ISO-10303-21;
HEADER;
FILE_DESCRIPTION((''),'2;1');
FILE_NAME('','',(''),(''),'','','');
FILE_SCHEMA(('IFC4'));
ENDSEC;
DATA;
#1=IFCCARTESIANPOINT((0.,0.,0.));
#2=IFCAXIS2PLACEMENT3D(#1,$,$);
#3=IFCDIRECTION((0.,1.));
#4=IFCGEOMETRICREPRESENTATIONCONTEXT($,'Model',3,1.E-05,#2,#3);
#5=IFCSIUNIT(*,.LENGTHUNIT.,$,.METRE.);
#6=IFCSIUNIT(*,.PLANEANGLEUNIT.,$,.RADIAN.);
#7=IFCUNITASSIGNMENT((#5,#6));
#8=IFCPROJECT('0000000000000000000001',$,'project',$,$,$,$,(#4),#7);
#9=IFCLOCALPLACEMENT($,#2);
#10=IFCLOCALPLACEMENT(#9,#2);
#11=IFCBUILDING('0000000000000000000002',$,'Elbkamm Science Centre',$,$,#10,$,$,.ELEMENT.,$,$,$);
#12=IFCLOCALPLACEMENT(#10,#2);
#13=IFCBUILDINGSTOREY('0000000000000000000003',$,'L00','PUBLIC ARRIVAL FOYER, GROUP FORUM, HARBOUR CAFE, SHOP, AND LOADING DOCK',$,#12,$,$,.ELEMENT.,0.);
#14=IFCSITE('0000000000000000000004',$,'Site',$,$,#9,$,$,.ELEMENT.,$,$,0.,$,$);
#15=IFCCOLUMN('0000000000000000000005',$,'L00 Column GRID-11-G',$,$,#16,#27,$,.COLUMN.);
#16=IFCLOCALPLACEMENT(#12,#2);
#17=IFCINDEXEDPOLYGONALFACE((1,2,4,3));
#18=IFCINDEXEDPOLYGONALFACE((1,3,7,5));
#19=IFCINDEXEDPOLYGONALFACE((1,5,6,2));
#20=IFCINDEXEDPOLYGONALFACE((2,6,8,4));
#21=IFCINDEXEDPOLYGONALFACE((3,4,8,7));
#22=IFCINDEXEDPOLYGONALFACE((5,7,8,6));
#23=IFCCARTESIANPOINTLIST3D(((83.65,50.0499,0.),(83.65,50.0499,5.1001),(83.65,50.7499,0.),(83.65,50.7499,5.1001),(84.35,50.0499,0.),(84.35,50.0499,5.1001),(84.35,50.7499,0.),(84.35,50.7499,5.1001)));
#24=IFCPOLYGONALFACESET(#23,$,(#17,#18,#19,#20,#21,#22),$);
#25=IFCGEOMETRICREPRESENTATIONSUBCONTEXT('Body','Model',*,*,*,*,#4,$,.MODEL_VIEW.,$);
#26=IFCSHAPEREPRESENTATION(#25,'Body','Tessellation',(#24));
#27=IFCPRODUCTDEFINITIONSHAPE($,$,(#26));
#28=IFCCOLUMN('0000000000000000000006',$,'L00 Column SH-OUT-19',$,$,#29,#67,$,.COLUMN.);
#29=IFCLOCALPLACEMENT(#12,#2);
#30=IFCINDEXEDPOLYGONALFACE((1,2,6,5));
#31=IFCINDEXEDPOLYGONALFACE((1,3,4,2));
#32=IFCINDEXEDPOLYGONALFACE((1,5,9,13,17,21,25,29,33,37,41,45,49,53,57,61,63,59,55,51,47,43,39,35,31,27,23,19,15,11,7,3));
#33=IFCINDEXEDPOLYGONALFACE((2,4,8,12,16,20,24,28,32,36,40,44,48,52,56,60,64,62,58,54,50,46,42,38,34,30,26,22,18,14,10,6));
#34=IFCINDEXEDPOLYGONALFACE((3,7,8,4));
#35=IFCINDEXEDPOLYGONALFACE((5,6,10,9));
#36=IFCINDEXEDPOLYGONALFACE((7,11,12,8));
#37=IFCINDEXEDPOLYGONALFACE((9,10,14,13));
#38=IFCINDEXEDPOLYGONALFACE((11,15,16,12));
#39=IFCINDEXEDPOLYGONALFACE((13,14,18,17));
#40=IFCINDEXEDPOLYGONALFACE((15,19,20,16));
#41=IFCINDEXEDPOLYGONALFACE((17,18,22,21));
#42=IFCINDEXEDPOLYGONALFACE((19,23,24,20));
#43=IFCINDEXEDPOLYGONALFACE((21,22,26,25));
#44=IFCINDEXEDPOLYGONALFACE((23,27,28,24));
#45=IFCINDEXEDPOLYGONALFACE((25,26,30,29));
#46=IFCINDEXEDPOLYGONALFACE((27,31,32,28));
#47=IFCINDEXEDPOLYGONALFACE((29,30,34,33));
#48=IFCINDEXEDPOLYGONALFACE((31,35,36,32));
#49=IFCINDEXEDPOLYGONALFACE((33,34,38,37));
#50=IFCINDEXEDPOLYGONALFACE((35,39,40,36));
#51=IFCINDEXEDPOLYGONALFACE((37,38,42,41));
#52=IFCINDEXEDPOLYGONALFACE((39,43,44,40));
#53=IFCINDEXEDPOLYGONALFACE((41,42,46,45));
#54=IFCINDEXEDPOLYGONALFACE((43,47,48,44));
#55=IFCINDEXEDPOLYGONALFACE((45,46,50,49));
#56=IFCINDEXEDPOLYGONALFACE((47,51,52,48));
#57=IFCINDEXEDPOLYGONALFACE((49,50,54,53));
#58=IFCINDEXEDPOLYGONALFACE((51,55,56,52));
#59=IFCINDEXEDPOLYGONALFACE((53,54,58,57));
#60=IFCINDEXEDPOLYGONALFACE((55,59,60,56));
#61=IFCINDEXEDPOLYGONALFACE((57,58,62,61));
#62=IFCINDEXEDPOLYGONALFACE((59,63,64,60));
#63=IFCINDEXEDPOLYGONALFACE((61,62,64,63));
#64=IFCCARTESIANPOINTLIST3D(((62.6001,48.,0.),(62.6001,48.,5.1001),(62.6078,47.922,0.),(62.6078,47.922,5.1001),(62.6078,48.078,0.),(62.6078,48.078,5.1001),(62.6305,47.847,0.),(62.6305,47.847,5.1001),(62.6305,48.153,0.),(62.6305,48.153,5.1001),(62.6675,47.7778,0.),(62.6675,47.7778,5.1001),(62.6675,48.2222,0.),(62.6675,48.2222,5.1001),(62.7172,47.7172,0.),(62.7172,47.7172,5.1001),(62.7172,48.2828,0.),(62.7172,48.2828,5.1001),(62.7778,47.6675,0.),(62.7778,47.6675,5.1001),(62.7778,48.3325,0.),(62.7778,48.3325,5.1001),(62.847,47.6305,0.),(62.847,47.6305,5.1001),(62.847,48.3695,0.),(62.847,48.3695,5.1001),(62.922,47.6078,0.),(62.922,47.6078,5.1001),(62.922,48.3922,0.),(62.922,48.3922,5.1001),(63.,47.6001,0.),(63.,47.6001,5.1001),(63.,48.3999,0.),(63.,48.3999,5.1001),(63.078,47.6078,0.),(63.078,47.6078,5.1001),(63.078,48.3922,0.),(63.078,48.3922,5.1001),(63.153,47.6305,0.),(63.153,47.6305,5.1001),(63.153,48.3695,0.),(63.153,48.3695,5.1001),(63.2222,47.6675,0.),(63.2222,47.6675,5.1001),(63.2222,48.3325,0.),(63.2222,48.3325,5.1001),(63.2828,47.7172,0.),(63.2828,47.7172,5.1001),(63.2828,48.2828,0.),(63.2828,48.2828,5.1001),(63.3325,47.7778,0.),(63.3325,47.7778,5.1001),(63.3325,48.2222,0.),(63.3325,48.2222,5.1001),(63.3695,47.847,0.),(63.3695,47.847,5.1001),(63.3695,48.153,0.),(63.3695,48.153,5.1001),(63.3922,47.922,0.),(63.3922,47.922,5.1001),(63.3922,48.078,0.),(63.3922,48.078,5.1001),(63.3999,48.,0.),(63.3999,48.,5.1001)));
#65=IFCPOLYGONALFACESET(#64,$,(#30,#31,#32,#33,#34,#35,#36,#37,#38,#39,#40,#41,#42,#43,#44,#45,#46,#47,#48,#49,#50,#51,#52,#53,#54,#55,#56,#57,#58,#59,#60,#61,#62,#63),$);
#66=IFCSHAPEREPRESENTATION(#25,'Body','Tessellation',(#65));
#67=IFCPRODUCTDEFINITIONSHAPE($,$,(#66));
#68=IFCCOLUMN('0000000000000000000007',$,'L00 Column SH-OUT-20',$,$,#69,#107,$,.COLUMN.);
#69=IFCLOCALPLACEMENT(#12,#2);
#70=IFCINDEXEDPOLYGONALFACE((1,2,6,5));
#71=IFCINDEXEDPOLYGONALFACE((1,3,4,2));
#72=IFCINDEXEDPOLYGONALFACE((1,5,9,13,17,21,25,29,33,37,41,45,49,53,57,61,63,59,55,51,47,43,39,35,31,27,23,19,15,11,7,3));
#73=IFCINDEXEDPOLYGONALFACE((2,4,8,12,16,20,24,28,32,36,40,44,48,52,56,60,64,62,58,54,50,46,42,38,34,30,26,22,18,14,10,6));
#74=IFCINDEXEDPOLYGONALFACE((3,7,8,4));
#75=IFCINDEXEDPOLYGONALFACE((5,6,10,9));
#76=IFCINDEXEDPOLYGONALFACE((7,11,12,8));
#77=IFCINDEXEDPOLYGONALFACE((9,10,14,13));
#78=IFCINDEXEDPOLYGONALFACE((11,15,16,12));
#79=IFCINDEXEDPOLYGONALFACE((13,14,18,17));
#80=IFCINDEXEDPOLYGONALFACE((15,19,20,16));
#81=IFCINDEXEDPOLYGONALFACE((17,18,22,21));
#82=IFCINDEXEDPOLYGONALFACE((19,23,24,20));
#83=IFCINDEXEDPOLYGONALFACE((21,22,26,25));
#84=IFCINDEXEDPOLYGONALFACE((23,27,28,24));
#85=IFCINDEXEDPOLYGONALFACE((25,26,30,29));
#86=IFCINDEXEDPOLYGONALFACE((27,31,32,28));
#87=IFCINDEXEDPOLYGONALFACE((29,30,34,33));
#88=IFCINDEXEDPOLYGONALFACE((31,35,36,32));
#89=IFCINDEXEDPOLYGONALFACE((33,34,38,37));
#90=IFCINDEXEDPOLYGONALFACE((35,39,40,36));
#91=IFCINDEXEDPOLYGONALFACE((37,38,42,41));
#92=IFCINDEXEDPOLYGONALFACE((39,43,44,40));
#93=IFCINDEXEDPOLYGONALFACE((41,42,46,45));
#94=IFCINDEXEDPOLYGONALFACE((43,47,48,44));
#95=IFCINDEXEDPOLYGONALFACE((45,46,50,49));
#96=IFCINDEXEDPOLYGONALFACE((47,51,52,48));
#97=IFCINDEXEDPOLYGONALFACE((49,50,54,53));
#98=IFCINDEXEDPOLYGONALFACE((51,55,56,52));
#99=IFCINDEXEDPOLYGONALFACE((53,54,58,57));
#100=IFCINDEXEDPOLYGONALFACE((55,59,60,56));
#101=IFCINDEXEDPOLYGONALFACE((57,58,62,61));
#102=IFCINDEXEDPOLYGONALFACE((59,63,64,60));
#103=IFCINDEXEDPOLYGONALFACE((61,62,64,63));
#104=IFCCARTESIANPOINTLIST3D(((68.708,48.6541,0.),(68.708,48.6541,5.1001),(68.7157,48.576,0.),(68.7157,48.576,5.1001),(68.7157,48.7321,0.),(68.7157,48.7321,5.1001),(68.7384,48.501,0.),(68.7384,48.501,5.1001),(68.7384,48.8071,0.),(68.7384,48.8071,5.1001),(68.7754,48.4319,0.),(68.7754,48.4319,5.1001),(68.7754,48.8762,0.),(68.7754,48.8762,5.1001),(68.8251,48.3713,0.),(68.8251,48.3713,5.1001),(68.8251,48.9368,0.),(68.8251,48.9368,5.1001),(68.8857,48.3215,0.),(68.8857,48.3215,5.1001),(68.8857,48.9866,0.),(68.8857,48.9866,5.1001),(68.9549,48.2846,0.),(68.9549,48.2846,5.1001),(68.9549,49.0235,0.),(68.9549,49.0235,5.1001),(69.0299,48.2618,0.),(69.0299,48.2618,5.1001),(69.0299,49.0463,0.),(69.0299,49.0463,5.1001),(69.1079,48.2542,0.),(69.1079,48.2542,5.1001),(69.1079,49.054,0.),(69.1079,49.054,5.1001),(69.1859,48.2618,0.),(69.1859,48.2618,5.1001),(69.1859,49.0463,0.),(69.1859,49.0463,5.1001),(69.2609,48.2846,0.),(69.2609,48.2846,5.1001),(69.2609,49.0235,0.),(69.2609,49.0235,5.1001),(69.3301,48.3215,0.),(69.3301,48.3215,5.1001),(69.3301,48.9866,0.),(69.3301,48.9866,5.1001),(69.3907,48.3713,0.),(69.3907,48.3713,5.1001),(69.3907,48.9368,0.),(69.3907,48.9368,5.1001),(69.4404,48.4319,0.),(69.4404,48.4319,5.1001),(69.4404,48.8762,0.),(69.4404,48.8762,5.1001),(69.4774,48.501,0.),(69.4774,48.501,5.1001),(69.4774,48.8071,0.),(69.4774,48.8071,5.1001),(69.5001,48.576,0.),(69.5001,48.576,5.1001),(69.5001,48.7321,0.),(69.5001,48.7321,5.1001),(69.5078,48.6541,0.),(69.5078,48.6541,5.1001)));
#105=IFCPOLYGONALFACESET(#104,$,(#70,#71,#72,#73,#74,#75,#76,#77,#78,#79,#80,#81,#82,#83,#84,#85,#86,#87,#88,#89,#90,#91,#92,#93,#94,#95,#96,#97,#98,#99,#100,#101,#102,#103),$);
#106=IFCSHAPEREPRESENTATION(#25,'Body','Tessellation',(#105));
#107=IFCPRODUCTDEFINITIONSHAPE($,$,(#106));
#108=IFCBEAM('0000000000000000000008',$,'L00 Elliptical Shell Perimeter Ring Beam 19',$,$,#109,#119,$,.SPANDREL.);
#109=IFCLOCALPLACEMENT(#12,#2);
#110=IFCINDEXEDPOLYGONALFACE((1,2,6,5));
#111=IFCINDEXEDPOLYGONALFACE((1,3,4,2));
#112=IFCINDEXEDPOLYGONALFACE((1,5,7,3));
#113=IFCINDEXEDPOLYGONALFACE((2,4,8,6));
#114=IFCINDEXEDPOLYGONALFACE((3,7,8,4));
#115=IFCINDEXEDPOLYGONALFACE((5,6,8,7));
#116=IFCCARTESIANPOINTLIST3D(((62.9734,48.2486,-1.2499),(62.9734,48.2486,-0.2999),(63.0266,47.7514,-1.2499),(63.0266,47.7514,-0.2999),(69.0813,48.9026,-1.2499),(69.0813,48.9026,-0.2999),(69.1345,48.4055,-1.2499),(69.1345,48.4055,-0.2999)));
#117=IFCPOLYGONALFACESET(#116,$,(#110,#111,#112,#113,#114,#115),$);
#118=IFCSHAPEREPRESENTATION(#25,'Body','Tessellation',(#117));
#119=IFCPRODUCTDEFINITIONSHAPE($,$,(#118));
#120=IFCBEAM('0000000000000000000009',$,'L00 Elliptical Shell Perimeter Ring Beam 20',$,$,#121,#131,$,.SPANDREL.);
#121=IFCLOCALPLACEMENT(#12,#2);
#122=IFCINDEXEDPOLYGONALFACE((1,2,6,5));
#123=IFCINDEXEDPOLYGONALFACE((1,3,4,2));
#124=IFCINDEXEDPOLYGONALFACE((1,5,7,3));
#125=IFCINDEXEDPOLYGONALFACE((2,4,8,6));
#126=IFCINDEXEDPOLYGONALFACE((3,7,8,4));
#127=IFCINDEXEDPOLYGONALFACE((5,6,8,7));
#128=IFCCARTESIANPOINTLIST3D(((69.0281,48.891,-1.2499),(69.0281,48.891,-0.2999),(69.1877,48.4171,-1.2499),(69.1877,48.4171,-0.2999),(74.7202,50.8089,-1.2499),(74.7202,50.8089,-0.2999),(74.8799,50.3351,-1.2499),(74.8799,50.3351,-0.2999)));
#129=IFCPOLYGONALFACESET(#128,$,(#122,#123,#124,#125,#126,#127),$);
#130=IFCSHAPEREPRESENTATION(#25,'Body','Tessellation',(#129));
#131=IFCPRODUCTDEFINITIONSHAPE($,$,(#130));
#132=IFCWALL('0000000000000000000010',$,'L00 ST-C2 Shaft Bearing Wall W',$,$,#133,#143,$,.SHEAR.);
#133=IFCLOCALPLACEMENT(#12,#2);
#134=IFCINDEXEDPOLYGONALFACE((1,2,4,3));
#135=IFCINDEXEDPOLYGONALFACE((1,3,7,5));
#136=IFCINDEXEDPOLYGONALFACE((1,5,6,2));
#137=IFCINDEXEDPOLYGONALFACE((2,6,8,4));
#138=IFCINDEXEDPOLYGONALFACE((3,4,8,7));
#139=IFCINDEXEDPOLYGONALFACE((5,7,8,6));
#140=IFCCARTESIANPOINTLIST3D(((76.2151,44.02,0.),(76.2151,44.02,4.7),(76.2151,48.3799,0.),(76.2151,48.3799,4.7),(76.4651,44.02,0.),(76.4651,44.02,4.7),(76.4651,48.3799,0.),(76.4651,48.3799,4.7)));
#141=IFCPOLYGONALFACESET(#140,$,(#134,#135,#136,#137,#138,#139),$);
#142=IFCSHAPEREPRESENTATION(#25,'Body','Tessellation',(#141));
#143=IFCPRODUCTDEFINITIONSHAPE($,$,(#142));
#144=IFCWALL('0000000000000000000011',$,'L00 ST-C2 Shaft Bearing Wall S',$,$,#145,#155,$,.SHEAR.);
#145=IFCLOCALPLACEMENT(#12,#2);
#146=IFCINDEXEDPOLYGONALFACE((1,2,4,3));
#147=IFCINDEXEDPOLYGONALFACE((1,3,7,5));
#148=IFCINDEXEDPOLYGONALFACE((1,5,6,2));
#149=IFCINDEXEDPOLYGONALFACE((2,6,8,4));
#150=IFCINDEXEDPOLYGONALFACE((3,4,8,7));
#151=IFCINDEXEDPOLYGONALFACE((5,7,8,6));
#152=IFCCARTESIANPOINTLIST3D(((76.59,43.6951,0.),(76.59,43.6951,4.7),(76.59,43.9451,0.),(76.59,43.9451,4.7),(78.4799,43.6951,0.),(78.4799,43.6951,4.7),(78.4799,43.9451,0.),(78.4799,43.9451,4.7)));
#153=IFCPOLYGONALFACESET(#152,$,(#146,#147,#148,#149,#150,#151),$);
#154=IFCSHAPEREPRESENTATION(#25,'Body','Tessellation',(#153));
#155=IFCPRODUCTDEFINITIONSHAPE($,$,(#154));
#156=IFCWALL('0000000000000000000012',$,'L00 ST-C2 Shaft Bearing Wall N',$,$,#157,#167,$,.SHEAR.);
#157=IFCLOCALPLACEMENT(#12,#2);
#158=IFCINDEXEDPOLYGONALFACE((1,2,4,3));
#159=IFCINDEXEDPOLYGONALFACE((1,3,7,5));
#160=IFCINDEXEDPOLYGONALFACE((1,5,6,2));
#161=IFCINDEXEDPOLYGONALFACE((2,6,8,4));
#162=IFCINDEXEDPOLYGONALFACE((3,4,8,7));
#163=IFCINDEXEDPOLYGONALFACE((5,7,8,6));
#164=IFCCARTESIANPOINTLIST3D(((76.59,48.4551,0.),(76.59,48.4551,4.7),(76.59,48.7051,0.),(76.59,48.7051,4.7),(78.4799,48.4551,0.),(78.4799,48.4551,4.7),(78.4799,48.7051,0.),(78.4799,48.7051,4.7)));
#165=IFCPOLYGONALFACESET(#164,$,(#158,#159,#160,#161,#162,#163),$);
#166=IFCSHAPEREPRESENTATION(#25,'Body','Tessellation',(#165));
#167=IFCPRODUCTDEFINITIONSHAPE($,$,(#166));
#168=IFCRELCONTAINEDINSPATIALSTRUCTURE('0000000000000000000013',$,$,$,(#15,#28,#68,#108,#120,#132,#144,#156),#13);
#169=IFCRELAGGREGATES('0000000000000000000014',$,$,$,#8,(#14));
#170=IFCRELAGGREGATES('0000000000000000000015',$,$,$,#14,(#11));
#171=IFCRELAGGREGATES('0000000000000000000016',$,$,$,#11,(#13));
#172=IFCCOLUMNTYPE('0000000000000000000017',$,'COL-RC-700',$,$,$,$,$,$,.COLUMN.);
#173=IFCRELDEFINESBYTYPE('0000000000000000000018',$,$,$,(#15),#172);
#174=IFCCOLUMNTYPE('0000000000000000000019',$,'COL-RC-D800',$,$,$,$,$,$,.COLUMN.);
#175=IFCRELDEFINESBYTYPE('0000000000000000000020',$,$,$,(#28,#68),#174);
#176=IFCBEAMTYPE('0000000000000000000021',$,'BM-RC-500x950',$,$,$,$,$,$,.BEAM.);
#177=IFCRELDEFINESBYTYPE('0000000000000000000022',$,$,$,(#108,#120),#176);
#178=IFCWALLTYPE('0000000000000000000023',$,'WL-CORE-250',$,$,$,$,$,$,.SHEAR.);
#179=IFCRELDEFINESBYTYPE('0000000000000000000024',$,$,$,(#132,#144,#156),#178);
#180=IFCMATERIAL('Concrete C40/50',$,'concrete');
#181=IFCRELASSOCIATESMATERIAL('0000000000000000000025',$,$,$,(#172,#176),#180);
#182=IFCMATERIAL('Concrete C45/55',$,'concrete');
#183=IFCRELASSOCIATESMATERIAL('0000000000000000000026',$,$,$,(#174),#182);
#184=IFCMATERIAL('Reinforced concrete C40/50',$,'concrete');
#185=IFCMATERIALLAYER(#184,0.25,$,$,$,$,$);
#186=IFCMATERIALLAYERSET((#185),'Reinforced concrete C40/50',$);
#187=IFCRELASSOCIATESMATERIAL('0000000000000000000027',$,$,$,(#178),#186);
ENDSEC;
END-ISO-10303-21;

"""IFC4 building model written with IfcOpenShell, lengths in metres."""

from ifc_helpers import new_model, si_unit, direction, frame, frame_2d, origin, origin_2d, place, context, subcontext, project, spatial, rectangle, circle, extrude, material, layer, layer_set, material_profile, profile_set, type_object, element, save


model = new_model("IFC4")

# Units and contexts
model_context = context("Model", 3, precision=1e-05, world=origin(), true_north=direction((0.0, 1.0)))
body_context = subcontext(model_context, "Body", "Model", "MODEL_VIEW")
ifc_project = project(units=[si_unit("LENGTHUNIT", "METRE"), si_unit("PLANEANGLEUNIT", "RADIAN")], contexts=[model_context])

# Site, building, storey
site_placement = place(None, origin())
site = spatial("IfcSite", under=ifc_project, at=site_placement, Name="Site", CompositionType="ELEMENT", RefElevation=0.0)
building_placement = place(site_placement, origin())
building = spatial("IfcBuilding", under=site, at=building_placement, Name="Elbkamm Science Centre", CompositionType="ELEMENT")
storey_placement = place(building_placement, origin())
storey = spatial("IfcBuildingStorey", under=building, at=storey_placement, Name="L00", Description="PUBLIC ARRIVAL FOYER, GROUP FORUM, HARBOUR CAFE, SHOP, AND LOADING DOCK", CompositionType="ELEMENT", Elevation=0.0)

# Columns
ifc_material_1 = material(Name="Concrete C40/50", Category="concrete")
ifc_material_profile_1 = material_profile(ifc_material_1, rectangle(XDim=0.7, YDim=0.7, at=origin_2d()), Name="RC 700x700")
ifc_profile_set_1 = profile_set([ifc_material_profile_1], Name="Concrete C40/50")
column_type_1 = type_object("IfcColumnType", Name="COL-RC-700", PredefinedType="COLUMN", material=ifc_profile_set_1)
column_placement = place(storey_placement, frame((84.0, 50.3999, 0.0), z_axis=(0.0, 0.0, 1.0), x_axis=(1.0, 0.0, 0.0)))
element("IfcColumn", 1, at=column_placement, inside=storey, type_object=column_type_1, Name="L00 Column GRID-11-G", PredefinedType="COLUMN", context=body_context, shape_type="SweptSolid", body=[
    extrude(rectangle(XDim=0.7, YDim=0.7, at=origin_2d()), origin(), (0.0, 0.0, 1.0), 5.1001),
])
ifc_material_2 = material(Name="Concrete C45/55", Category="concrete")
ifc_material_profile_2 = material_profile(ifc_material_2, circle(Radius=0.3999, at=origin_2d()), Name="RC D800")
ifc_profile_set_2 = profile_set([ifc_material_profile_2], Name="Concrete C45/55")
column_type_2 = type_object("IfcColumnType", Name="COL-RC-D800", PredefinedType="COLUMN", material=ifc_profile_set_2)
for number, where, z_axis, x_axis, name in (
    (2, (63.0, 48.0, 0.0), (0.0, 0.0, 1.0), (1.0, 0.0, 0.0), "L00 Column SH-OUT-19"),
    (3, (69.1079, 48.6541, 0.0), (0.0, 0.0, 1.0), (1.0, 0.0, 0.0), "L00 Column SH-OUT-20"),
):
    element("IfcColumn", number, at=place(storey_placement, frame(where, z_axis=z_axis, x_axis=x_axis)), inside=storey, type_object=column_type_2, Name=name, PredefinedType="COLUMN", context=body_context, shape_type="SweptSolid", body=[
        extrude(circle(Radius=0.3999, at=origin_2d()), origin(), (0.0, 0.0, 1.0), 5.1001),
    ])

# Beams
ifc_material_profile_3 = material_profile(ifc_material_1, rectangle(XDim=0.5, YDim=0.95, at=origin_2d()), Name="RC 500x950")
ifc_profile_set_3 = profile_set([ifc_material_profile_3], Name="Concrete C40/50")
beam_type = type_object("IfcBeamType", Name="BM-RC-500x950", PredefinedType="BEAM", material=ifc_profile_set_3)
beam_1_placement = place(storey_placement, frame((63.0, 48.0, -0.7749), z_axis=(0.994315, 0.106474, 0.0), x_axis=(-0.106474, 0.994315, 0.0)))
element("IfcBeam", 4, at=beam_1_placement, inside=storey, type_object=beam_type, Name="L00 Elliptical Shell Perimeter Ring Beam 19", PredefinedType="SPANDREL", context=body_context, shape_type="SweptSolid", body=[
    extrude(rectangle(XDim=0.5, YDim=0.95, at=origin_2d()), origin(), (0.0, 0.0, 1.0), 6.1428),
])
beam_2_placement = place(storey_placement, frame((69.1079, 48.6541, -0.7749), z_axis=(0.94765, 0.319311, 0.0), x_axis=(-0.319311, 0.94765, 0.0)))
element("IfcBeam", 5, at=beam_2_placement, inside=storey, type_object=beam_type, Name="L00 Elliptical Shell Perimeter Ring Beam 20", PredefinedType="SPANDREL", context=body_context, shape_type="SweptSolid", body=[
    extrude(rectangle(XDim=0.5, YDim=0.95, at=origin_2d()), origin(), (0.0, 0.0, 1.0), 6.0066),
])

# Walls
ifc_material_3 = material(Name="Reinforced concrete C40/50", Category="concrete")
ifc_layer_1 = layer(ifc_material_3, 0.25)
ifc_layer_set_1 = layer_set([ifc_layer_1], Name="Reinforced concrete C40/50")
wall_type_1 = type_object("IfcWallType", Name="WL-CORE-250", PredefinedType="SHEAR", material=ifc_layer_set_1)
wall_1_placement = place(storey_placement, frame((76.3401, 44.02, 0.0), z_axis=(0.0, 0.0, 1.0), x_axis=(0.0, 1.0, 0.0)))
element("IfcWall", 6, at=wall_1_placement, inside=storey, type_object=wall_type_1, Name="L00 ST-C2 Shaft Bearing Wall W", PredefinedType="SHEAR", context=body_context, shape_type="SweptSolid", body=[
    extrude(rectangle(XDim=4.3599, YDim=0.25, at=frame_2d((2.1799, 0.0))), origin(), (0.0, 0.0, 1.0), 4.7),
])
for number, where, z_axis, x_axis, name in (
    (7, (76.5901, 43.8201, 0.0), (0.0, 0.0, 1.0), (1.0, 0.0, 0.0), "L00 ST-C2 Shaft Bearing Wall S"),
    (8, (76.5901, 48.5801, 0.0), (0.0, 0.0, 1.0), (1.0, 0.0, 0.0), "L00 ST-C2 Shaft Bearing Wall N"),
):
    element("IfcWall", number, at=place(storey_placement, frame(where, z_axis=z_axis, x_axis=x_axis)), inside=storey, type_object=wall_type_1, Name=name, PredefinedType="SHEAR", context=body_context, shape_type="SweptSolid", body=[
        extrude(rectangle(XDim=1.8899, YDim=0.25, at=frame_2d((0.9448, 0.0))), origin(), (0.0, 0.0, 1.0), 4.7),
    ])

save(model, "model.ifc")
